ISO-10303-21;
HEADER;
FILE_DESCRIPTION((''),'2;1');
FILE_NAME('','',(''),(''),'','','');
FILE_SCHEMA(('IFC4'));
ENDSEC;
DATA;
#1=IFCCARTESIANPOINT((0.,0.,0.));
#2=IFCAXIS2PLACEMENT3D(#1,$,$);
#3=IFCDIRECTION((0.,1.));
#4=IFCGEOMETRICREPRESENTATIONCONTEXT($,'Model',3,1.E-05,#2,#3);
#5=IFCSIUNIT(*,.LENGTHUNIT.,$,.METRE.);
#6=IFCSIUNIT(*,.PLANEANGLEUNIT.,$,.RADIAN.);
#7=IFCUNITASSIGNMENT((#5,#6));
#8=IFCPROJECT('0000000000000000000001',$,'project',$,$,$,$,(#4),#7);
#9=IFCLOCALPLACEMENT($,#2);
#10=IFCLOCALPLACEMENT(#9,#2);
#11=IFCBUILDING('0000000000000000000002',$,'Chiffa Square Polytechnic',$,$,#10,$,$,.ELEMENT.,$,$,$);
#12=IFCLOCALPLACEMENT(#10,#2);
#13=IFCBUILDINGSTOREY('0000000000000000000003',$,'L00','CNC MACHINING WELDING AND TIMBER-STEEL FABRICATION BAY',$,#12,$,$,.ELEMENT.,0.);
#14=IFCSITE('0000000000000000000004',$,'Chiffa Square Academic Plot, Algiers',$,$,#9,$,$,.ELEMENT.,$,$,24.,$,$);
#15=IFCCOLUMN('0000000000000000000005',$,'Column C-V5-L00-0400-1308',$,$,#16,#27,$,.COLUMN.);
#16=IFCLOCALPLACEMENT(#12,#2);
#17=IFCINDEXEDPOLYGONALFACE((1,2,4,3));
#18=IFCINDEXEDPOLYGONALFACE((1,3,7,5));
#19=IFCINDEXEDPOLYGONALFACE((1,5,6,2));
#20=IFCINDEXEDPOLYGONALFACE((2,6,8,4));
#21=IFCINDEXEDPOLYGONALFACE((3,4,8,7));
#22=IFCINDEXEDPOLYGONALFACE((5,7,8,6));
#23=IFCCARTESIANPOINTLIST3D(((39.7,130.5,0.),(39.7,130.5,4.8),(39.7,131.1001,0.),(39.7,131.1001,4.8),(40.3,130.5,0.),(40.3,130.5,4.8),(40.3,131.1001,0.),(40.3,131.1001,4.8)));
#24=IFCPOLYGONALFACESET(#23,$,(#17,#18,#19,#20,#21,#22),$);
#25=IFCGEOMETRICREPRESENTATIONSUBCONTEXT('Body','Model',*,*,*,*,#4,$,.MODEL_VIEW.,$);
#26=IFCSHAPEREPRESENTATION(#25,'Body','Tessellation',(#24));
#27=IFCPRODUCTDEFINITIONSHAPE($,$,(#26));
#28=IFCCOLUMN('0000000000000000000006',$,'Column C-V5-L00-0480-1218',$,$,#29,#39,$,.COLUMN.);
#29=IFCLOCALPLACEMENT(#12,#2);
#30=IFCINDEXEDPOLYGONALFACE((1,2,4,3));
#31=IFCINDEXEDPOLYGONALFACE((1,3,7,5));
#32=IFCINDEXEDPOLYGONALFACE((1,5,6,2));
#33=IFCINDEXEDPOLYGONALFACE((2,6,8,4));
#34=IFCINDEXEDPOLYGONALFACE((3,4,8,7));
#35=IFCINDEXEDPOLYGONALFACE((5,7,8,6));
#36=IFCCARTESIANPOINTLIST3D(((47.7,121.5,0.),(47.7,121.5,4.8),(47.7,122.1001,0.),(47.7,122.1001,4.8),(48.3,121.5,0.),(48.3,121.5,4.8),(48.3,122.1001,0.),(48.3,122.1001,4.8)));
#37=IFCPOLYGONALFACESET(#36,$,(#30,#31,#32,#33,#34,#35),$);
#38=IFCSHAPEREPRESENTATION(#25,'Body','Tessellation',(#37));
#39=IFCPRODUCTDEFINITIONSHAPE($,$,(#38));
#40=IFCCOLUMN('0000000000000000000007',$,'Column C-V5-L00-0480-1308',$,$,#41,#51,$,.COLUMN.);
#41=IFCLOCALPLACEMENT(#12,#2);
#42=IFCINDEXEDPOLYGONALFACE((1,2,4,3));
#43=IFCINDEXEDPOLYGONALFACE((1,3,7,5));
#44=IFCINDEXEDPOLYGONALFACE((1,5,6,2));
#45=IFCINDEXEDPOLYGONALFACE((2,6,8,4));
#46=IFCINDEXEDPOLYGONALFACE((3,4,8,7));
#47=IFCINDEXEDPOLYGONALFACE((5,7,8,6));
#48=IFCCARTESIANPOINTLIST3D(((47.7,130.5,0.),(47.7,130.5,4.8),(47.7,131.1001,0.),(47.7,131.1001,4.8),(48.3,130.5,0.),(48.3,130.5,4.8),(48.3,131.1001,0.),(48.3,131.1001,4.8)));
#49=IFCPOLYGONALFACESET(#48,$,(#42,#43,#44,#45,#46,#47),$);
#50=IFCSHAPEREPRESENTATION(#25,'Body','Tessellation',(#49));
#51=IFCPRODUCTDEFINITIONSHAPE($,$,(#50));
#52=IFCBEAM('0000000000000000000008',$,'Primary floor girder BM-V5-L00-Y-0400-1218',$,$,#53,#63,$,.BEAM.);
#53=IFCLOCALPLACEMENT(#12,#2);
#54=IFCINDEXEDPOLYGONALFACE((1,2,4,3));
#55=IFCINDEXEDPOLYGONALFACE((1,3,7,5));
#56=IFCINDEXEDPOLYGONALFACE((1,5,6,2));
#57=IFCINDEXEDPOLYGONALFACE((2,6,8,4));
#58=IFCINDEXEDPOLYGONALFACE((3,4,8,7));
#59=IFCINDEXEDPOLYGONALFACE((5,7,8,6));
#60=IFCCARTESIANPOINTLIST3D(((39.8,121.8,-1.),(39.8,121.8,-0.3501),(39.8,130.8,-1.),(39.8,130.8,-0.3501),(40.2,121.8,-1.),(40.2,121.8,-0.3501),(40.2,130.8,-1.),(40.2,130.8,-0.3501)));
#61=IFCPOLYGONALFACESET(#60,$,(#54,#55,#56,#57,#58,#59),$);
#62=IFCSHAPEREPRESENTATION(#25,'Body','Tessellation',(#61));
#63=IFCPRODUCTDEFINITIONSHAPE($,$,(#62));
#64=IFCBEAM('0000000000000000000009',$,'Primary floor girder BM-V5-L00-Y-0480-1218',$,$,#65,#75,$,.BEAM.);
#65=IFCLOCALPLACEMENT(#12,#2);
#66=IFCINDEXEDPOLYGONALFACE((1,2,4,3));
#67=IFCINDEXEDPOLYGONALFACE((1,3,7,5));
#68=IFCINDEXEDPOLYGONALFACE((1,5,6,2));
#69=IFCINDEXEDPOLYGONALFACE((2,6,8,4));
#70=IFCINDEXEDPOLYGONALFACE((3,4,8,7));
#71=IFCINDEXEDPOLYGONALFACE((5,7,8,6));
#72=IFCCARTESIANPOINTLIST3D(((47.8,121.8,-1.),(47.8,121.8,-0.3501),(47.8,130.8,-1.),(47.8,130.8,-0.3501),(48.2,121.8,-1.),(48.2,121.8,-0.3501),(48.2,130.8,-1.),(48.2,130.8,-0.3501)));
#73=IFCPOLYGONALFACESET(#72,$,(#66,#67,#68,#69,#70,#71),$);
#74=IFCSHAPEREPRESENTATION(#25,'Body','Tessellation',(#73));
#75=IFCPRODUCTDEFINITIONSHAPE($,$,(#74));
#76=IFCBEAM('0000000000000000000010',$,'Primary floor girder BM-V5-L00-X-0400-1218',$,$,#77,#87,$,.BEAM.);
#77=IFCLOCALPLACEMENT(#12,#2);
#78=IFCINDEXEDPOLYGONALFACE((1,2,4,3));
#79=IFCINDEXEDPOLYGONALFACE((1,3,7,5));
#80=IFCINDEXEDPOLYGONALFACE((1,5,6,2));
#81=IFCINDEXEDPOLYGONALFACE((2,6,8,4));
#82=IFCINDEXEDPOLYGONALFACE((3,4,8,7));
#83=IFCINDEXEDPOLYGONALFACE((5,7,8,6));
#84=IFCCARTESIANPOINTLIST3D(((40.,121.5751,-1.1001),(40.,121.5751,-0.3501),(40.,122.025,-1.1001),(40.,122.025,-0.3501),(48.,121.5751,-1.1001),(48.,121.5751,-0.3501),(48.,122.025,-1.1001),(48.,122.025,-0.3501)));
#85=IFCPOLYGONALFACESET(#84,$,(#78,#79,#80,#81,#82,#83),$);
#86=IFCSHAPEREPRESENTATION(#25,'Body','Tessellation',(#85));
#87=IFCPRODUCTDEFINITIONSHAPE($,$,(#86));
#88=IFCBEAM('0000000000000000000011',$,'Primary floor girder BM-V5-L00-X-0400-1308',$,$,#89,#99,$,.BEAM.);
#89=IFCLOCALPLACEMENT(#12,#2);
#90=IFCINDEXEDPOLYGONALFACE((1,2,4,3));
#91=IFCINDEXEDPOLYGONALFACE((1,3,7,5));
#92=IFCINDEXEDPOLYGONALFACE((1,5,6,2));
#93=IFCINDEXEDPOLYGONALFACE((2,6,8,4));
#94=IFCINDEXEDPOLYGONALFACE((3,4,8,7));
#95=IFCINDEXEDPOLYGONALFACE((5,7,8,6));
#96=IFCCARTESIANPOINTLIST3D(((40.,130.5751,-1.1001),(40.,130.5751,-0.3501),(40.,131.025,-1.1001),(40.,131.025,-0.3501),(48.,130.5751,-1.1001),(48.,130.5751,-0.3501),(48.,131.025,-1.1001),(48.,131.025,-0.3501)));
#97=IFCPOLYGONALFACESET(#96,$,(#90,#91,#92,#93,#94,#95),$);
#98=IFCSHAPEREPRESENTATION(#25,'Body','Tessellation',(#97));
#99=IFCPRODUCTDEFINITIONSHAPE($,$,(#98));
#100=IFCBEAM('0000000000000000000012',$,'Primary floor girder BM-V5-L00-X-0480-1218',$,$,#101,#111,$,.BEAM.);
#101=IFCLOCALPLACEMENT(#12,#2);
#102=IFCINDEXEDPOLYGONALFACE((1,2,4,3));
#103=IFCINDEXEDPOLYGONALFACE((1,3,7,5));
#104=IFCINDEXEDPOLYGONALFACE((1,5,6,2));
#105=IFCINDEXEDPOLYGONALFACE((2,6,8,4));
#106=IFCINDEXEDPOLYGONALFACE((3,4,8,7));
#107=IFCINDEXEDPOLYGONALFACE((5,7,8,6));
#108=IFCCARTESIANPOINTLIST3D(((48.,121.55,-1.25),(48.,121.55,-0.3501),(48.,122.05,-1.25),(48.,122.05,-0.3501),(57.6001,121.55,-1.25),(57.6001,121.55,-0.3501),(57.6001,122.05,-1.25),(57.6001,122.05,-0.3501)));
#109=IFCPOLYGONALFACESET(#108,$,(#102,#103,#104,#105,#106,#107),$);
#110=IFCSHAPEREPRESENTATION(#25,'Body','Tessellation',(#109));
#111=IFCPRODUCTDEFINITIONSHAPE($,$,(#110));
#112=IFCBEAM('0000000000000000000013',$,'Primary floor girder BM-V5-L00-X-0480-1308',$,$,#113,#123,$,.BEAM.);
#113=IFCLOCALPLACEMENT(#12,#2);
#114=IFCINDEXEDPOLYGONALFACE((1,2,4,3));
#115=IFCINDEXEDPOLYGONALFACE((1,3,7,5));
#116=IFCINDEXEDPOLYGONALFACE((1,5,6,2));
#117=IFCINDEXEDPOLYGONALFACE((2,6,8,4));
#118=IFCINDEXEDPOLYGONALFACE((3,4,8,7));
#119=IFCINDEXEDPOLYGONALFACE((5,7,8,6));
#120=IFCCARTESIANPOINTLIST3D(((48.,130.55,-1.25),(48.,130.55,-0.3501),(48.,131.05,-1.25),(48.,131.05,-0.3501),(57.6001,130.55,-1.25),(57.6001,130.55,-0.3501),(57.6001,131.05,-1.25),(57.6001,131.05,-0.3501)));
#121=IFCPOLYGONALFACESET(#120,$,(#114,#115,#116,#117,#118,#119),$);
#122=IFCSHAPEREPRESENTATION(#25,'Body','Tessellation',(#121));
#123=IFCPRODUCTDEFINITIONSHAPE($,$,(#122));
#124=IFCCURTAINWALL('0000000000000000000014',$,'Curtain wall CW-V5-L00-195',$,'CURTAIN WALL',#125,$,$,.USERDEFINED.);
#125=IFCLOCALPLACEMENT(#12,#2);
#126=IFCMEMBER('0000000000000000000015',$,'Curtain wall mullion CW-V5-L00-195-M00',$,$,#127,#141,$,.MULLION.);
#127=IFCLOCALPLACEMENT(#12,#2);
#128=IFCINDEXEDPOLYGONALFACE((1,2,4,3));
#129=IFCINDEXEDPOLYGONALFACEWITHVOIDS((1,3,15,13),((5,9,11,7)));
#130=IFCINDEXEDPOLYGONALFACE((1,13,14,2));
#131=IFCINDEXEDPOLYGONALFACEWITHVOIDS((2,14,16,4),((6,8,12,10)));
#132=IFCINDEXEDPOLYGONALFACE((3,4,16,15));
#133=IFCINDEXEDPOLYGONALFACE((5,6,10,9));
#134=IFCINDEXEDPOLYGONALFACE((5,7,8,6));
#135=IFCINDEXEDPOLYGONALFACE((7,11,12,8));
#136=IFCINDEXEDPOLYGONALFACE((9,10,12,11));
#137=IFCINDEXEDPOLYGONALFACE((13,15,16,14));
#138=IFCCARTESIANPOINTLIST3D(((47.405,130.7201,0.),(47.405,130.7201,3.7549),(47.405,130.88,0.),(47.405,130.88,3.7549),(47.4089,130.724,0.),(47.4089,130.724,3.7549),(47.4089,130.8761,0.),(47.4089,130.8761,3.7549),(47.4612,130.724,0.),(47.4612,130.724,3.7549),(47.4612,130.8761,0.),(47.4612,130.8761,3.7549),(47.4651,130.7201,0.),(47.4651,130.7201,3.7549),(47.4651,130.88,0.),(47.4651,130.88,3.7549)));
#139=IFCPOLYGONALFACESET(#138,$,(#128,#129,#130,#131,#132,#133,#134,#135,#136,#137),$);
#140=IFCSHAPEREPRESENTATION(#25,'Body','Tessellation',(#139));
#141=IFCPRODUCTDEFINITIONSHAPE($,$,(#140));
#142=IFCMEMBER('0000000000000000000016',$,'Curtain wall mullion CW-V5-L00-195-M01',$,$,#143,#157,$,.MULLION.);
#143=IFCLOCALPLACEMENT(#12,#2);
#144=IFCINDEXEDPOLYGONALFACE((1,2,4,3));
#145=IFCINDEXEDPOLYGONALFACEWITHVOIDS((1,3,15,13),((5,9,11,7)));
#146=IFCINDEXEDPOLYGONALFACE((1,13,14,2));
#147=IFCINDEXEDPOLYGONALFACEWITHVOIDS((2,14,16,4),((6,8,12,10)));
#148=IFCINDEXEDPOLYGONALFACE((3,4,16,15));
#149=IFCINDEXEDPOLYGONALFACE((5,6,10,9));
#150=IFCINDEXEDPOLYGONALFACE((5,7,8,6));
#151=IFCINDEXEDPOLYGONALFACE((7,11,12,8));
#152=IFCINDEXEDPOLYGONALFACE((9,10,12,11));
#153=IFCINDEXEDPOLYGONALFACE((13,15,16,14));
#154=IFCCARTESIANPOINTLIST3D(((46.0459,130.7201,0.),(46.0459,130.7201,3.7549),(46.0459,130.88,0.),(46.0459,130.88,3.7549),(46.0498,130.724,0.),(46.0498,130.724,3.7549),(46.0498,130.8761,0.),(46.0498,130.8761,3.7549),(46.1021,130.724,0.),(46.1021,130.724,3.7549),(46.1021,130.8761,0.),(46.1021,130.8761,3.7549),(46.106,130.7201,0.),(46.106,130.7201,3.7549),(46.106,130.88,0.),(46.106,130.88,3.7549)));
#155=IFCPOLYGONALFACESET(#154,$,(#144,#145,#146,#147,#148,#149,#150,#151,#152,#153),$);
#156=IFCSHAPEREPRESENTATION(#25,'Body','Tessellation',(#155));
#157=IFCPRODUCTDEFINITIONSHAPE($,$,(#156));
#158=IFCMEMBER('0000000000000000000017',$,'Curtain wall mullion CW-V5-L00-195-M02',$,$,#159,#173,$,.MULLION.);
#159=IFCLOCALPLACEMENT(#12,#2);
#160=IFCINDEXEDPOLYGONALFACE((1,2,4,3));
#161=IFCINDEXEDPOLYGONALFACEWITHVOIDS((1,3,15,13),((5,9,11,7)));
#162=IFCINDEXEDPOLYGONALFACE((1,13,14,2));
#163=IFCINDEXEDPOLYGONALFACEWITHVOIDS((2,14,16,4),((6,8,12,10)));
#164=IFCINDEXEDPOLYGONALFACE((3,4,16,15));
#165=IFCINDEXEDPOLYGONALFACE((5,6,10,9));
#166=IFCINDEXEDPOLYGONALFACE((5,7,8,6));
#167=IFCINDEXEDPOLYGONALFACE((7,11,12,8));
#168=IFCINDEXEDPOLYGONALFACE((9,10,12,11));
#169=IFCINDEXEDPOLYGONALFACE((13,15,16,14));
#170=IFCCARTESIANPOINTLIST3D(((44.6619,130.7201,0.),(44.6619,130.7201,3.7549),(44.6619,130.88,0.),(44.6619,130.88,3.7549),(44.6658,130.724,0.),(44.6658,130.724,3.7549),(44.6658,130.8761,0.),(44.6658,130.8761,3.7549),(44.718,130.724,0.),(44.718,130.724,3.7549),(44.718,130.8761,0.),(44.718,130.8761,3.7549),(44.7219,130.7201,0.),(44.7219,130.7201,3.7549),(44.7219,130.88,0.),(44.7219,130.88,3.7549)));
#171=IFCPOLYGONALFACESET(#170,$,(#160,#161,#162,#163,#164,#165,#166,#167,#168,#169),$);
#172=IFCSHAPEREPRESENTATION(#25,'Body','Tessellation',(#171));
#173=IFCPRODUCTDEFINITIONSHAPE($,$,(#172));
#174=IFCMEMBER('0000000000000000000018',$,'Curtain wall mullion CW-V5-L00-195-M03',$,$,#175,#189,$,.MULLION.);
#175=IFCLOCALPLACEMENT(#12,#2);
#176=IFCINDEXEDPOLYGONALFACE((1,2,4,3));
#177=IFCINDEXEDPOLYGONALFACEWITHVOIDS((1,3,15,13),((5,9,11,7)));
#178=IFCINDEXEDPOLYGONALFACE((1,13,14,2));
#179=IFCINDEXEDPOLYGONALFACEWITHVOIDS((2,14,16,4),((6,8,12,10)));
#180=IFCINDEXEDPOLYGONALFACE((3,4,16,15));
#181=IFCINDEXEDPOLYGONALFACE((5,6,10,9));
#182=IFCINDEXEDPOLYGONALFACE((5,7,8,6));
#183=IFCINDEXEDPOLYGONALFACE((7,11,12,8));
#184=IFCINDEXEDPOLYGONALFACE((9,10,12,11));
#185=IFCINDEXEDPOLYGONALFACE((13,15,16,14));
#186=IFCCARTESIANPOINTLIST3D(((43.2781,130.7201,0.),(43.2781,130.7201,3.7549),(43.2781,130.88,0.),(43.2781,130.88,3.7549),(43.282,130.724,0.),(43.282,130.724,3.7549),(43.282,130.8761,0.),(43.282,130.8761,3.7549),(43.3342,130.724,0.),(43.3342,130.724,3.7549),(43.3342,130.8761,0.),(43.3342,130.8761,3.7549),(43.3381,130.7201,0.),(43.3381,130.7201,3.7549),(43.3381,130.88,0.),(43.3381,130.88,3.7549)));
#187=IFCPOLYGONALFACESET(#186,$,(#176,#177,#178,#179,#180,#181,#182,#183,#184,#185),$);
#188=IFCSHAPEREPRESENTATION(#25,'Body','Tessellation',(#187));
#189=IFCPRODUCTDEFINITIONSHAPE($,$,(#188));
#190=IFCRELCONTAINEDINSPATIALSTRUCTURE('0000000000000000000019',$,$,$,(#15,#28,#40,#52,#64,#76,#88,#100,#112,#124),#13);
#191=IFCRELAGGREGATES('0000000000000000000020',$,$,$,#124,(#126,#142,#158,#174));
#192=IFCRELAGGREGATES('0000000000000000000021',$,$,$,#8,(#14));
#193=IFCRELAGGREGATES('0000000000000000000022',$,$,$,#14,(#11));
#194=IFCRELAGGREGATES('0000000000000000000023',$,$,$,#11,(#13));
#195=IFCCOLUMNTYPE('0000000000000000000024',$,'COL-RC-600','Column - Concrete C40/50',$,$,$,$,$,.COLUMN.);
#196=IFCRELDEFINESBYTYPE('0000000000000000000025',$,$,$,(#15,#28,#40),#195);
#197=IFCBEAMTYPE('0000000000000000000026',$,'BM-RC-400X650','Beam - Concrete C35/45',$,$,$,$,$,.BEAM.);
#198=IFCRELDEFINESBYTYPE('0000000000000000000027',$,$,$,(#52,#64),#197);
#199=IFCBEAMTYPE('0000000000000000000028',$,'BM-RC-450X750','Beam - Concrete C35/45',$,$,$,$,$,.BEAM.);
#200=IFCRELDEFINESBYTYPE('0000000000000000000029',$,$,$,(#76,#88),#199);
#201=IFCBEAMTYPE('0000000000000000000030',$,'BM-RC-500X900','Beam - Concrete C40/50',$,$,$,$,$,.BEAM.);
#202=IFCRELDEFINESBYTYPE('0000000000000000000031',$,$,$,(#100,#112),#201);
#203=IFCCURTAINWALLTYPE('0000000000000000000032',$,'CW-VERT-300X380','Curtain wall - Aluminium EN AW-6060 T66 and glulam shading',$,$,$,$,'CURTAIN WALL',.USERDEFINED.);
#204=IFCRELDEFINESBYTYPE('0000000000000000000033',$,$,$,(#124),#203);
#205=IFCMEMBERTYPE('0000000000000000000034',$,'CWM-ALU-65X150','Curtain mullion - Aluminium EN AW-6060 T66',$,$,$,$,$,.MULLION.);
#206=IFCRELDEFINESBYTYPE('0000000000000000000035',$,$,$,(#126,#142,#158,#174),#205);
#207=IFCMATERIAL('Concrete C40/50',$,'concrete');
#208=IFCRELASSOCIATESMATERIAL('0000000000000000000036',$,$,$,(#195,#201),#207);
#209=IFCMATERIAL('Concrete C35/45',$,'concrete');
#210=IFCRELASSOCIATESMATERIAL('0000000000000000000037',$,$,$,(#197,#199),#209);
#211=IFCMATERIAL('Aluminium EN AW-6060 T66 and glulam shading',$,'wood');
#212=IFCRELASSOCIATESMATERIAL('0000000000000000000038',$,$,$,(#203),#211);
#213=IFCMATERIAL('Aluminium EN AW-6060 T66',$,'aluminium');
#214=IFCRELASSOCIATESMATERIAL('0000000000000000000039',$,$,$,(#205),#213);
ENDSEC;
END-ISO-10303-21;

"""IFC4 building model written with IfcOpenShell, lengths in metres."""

from ifc_helpers import new_model, si_unit, direction, frame, origin, origin_2d, place, context, subcontext, project, spatial, rectangle, hollow_rectangle, extrude, material, material_profile, profile_set, type_object, element, aggregate, save


model = new_model("IFC4")

# Units and contexts
model_context = context("Model", 3, precision=1e-05, world=origin(), true_north=direction((0.0, 1.0)))
body_context = subcontext(model_context, "Body", "Model", "MODEL_VIEW")
ifc_project = project(units=[si_unit("LENGTHUNIT", "METRE"), si_unit("PLANEANGLEUNIT", "RADIAN")], contexts=[model_context])

# Site, building, storey
site_placement = place(None, origin())
site = spatial("IfcSite", under=ifc_project, at=site_placement, Name="Chiffa Square Academic Plot, Algiers", CompositionType="ELEMENT", RefElevation=24.0)
building_placement = place(site_placement, origin())
building = spatial("IfcBuilding", under=site, at=building_placement, Name="Chiffa Square Polytechnic", CompositionType="ELEMENT")
storey_placement = place(building_placement, origin())
storey = spatial("IfcBuildingStorey", under=building, at=storey_placement, Name="L00", Description="CNC MACHINING WELDING AND TIMBER-STEEL FABRICATION BAY", CompositionType="ELEMENT", Elevation=0.0)

# Columns
ifc_material_1 = material(Name="Concrete C40/50", Category="concrete")
ifc_material_profile_1 = material_profile(ifc_material_1, rectangle(XDim=0.6001, YDim=0.6001, at=origin_2d()), Name="RC 600x600")
ifc_profile_set_1 = profile_set([ifc_material_profile_1], Name="Concrete C40/50")
column_type = type_object("IfcColumnType", Name="COL-RC-600", Description="Column - Concrete C40/50", PredefinedType="COLUMN", material=ifc_profile_set_1)
for number, where, z_axis, x_axis, name in (
    (1, (40.0, 130.8, 0.0), (0.0, 0.0, 1.0), (1.0, 0.0, 0.0), "Column C-V5-L00-0400-1308"),
    (2, (48.0, 121.8, 0.0), (0.0, 0.0, 1.0), (1.0, 0.0, 0.0), "Column C-V5-L00-0480-1218"),
    (3, (48.0, 130.8, 0.0), (0.0, 0.0, 1.0), (1.0, 0.0, 0.0), "Column C-V5-L00-0480-1308"),
):
    element("IfcColumn", number, at=place(storey_placement, frame(where, z_axis=z_axis, x_axis=x_axis)), inside=storey, type_object=column_type, Name=name, PredefinedType="COLUMN", context=body_context, shape_type="SweptSolid", body=[
        extrude(rectangle(XDim=0.6001, YDim=0.6001, at=origin_2d()), origin(), (0.0, 0.0, 1.0), 4.8),
    ])

# Beams
ifc_material_2 = material(Name="Concrete C35/45", Category="concrete")
ifc_material_profile_2 = material_profile(ifc_material_2, rectangle(XDim=0.3999, YDim=0.6499, at=origin_2d()), Name="RC 400x650")
ifc_profile_set_2 = profile_set([ifc_material_profile_2], Name="Concrete C35/45")
beam_type_1 = type_object("IfcBeamType", Name="BM-RC-400X650", Description="Beam - Concrete C35/45", PredefinedType="BEAM", material=ifc_profile_set_2)
for number, where, z_axis, x_axis, name in (
    (4, (40.0, 121.8, -0.675), (0.0, 1.0, 0.0), (-1.0, 0.0, 0.0), "Primary floor girder BM-V5-L00-Y-0400-1218"),
    (5, (48.0, 121.8, -0.675), (0.0, 1.0, 0.0), (-1.0, 0.0, 0.0), "Primary floor girder BM-V5-L00-Y-0480-1218"),
):
    element("IfcBeam", number, at=place(storey_placement, frame(where, z_axis=z_axis, x_axis=x_axis)), inside=storey, type_object=beam_type_1, Name=name, PredefinedType="BEAM", context=body_context, shape_type="SweptSolid", body=[
        extrude(rectangle(XDim=0.3999, YDim=0.6499, at=origin_2d()), origin(), (0.0, 0.0, 1.0), 9.0),
    ])
ifc_material_profile_3 = material_profile(ifc_material_2, rectangle(XDim=0.45, YDim=0.75, at=origin_2d()), Name="RC 450x750")
ifc_profile_set_3 = profile_set([ifc_material_profile_3], Name="Concrete C35/45")
beam_type_2 = type_object("IfcBeamType", Name="BM-RC-450X750", Description="Beam - Concrete C35/45", PredefinedType="BEAM", material=ifc_profile_set_3)
for number, where, z_axis, x_axis, name in (
    (6, (40.0, 121.8, -0.7251), (1.0, 0.0, 0.0), (0.0, 1.0, 0.0), "Primary floor girder BM-V5-L00-X-0400-1218"),
    (7, (40.0, 130.8, -0.7251), (1.0, 0.0, 0.0), (0.0, 1.0, 0.0), "Primary floor girder BM-V5-L00-X-0400-1308"),
):
    element("IfcBeam", number, at=place(storey_placement, frame(where, z_axis=z_axis, x_axis=x_axis)), inside=storey, type_object=beam_type_2, Name=name, PredefinedType="BEAM", context=body_context, shape_type="SweptSolid", body=[
        extrude(rectangle(XDim=0.45, YDim=0.75, at=origin_2d()), origin(), (0.0, 0.0, 1.0), 8.0),
    ])
ifc_material_profile_4 = material_profile(ifc_material_1, rectangle(XDim=0.5, YDim=0.8999, at=origin_2d()), Name="RC 500x900")
ifc_profile_set_4 = profile_set([ifc_material_profile_4], Name="Concrete C40/50")
beam_type_3 = type_object("IfcBeamType", Name="BM-RC-500X900", Description="Beam - Concrete C40/50", PredefinedType="BEAM", material=ifc_profile_set_4)
for number, where, z_axis, x_axis, name in (
    (8, (48.0, 121.8, -0.8), (1.0, 0.0, 0.0), (0.0, 1.0, 0.0), "Primary floor girder BM-V5-L00-X-0480-1218"),
    (9, (48.0, 130.8, -0.8), (1.0, 0.0, 0.0), (0.0, 1.0, 0.0), "Primary floor girder BM-V5-L00-X-0480-1308"),
):
    element("IfcBeam", number, at=place(storey_placement, frame(where, z_axis=z_axis, x_axis=x_axis)), inside=storey, type_object=beam_type_3, Name=name, PredefinedType="BEAM", context=body_context, shape_type="SweptSolid", body=[
        extrude(rectangle(XDim=0.5, YDim=0.8999, at=origin_2d()), origin(), (0.0, 0.0, 1.0), 9.6001),
    ])

# Curtain wall, members
ifc_material_3 = material(Name="Aluminium EN AW-6060 T66 and glulam shading", Category="wood")
curtain_wall_type = type_object("IfcCurtainWallType", Name="CW-VERT-300X380", Description="Curtain wall - Aluminium EN AW-6060 T66 and glulam shading", ElementType="CURTAIN WALL", PredefinedType="USERDEFINED", material=ifc_material_3)
curtain_wall_placement = place(storey_placement, origin())
curtain_wall = element("IfcCurtainWall", 10, at=curtain_wall_placement, inside=storey, type_object=curtain_wall_type, Name="Curtain wall CW-V5-L00-195", ObjectType="CURTAIN WALL", PredefinedType="USERDEFINED")
ifc_material_4 = material(Name="Aluminium EN AW-6060 T66", Category="aluminium")
ifc_material_profile_5 = material_profile(ifc_material_4, hollow_rectangle(XDim=0.0601, YDim=0.1599, WallThickness=0.0039, at=origin_2d()), Name="ALU 60x160x4")
ifc_profile_set_5 = profile_set([ifc_material_profile_5], Name="Aluminium EN AW-6060 T66")
member_type_1 = type_object("IfcMemberType", Name="CWM-ALU-65X150", Description="Curtain mullion - Aluminium EN AW-6060 T66", PredefinedType="MULLION", material=ifc_profile_set_5)
member_1_placement = place(storey_placement, frame((47.4351, 130.8, 0.0), z_axis=(0.0, 0.0, 1.0), x_axis=(1.0, 0.0, 0.0)))
member_1 = element("IfcMember", 11, at=member_1_placement, type_object=member_type_1, Name="Curtain wall mullion CW-V5-L00-195-M00", PredefinedType="MULLION", context=body_context, shape_type="SweptSolid", body=[
    extrude(hollow_rectangle(XDim=0.0601, YDim=0.1599, WallThickness=0.0039, at=origin_2d()), origin(), (0.0, 0.0, 1.0), 3.7549),
])
member_2_placement = place(storey_placement, frame((46.0759, 130.8, 0.0), z_axis=(0.0, 0.0, 1.0), x_axis=(1.0, 0.0, 0.0)))
member_2 = element("IfcMember", 12, at=member_2_placement, type_object=member_type_1, Name="Curtain wall mullion CW-V5-L00-195-M01", PredefinedType="MULLION", context=body_context, shape_type="SweptSolid", body=[
    extrude(hollow_rectangle(XDim=0.0601, YDim=0.1599, WallThickness=0.0039, at=origin_2d()), origin(), (0.0, 0.0, 1.0), 3.7549),
])
member_3_placement = place(storey_placement, frame((44.6919, 130.8, 0.0), z_axis=(0.0, 0.0, 1.0), x_axis=(1.0, 0.0, 0.0)))
member_3 = element("IfcMember", 13, at=member_3_placement, type_object=member_type_1, Name="Curtain wall mullion CW-V5-L00-195-M02", PredefinedType="MULLION", context=body_context, shape_type="SweptSolid", body=[
    extrude(hollow_rectangle(XDim=0.0601, YDim=0.1599, WallThickness=0.0039, at=origin_2d()), origin(), (0.0, 0.0, 1.0), 3.7549),
])
member_4_placement = place(storey_placement, frame((43.3081, 130.8, 0.0), z_axis=(0.0, 0.0, 1.0), x_axis=(1.0, 0.0, 0.0)))
member_4 = element("IfcMember", 14, at=member_4_placement, type_object=member_type_1, Name="Curtain wall mullion CW-V5-L00-195-M03", PredefinedType="MULLION", context=body_context, shape_type="SweptSolid", body=[
    extrude(hollow_rectangle(XDim=0.0601, YDim=0.1599, WallThickness=0.0039, at=origin_2d()), origin(), (0.0, 0.0, 1.0), 3.7549),
])

aggregate(curtain_wall, [member_1, member_2, member_3, member_4])

save(model, "model.ifc")
